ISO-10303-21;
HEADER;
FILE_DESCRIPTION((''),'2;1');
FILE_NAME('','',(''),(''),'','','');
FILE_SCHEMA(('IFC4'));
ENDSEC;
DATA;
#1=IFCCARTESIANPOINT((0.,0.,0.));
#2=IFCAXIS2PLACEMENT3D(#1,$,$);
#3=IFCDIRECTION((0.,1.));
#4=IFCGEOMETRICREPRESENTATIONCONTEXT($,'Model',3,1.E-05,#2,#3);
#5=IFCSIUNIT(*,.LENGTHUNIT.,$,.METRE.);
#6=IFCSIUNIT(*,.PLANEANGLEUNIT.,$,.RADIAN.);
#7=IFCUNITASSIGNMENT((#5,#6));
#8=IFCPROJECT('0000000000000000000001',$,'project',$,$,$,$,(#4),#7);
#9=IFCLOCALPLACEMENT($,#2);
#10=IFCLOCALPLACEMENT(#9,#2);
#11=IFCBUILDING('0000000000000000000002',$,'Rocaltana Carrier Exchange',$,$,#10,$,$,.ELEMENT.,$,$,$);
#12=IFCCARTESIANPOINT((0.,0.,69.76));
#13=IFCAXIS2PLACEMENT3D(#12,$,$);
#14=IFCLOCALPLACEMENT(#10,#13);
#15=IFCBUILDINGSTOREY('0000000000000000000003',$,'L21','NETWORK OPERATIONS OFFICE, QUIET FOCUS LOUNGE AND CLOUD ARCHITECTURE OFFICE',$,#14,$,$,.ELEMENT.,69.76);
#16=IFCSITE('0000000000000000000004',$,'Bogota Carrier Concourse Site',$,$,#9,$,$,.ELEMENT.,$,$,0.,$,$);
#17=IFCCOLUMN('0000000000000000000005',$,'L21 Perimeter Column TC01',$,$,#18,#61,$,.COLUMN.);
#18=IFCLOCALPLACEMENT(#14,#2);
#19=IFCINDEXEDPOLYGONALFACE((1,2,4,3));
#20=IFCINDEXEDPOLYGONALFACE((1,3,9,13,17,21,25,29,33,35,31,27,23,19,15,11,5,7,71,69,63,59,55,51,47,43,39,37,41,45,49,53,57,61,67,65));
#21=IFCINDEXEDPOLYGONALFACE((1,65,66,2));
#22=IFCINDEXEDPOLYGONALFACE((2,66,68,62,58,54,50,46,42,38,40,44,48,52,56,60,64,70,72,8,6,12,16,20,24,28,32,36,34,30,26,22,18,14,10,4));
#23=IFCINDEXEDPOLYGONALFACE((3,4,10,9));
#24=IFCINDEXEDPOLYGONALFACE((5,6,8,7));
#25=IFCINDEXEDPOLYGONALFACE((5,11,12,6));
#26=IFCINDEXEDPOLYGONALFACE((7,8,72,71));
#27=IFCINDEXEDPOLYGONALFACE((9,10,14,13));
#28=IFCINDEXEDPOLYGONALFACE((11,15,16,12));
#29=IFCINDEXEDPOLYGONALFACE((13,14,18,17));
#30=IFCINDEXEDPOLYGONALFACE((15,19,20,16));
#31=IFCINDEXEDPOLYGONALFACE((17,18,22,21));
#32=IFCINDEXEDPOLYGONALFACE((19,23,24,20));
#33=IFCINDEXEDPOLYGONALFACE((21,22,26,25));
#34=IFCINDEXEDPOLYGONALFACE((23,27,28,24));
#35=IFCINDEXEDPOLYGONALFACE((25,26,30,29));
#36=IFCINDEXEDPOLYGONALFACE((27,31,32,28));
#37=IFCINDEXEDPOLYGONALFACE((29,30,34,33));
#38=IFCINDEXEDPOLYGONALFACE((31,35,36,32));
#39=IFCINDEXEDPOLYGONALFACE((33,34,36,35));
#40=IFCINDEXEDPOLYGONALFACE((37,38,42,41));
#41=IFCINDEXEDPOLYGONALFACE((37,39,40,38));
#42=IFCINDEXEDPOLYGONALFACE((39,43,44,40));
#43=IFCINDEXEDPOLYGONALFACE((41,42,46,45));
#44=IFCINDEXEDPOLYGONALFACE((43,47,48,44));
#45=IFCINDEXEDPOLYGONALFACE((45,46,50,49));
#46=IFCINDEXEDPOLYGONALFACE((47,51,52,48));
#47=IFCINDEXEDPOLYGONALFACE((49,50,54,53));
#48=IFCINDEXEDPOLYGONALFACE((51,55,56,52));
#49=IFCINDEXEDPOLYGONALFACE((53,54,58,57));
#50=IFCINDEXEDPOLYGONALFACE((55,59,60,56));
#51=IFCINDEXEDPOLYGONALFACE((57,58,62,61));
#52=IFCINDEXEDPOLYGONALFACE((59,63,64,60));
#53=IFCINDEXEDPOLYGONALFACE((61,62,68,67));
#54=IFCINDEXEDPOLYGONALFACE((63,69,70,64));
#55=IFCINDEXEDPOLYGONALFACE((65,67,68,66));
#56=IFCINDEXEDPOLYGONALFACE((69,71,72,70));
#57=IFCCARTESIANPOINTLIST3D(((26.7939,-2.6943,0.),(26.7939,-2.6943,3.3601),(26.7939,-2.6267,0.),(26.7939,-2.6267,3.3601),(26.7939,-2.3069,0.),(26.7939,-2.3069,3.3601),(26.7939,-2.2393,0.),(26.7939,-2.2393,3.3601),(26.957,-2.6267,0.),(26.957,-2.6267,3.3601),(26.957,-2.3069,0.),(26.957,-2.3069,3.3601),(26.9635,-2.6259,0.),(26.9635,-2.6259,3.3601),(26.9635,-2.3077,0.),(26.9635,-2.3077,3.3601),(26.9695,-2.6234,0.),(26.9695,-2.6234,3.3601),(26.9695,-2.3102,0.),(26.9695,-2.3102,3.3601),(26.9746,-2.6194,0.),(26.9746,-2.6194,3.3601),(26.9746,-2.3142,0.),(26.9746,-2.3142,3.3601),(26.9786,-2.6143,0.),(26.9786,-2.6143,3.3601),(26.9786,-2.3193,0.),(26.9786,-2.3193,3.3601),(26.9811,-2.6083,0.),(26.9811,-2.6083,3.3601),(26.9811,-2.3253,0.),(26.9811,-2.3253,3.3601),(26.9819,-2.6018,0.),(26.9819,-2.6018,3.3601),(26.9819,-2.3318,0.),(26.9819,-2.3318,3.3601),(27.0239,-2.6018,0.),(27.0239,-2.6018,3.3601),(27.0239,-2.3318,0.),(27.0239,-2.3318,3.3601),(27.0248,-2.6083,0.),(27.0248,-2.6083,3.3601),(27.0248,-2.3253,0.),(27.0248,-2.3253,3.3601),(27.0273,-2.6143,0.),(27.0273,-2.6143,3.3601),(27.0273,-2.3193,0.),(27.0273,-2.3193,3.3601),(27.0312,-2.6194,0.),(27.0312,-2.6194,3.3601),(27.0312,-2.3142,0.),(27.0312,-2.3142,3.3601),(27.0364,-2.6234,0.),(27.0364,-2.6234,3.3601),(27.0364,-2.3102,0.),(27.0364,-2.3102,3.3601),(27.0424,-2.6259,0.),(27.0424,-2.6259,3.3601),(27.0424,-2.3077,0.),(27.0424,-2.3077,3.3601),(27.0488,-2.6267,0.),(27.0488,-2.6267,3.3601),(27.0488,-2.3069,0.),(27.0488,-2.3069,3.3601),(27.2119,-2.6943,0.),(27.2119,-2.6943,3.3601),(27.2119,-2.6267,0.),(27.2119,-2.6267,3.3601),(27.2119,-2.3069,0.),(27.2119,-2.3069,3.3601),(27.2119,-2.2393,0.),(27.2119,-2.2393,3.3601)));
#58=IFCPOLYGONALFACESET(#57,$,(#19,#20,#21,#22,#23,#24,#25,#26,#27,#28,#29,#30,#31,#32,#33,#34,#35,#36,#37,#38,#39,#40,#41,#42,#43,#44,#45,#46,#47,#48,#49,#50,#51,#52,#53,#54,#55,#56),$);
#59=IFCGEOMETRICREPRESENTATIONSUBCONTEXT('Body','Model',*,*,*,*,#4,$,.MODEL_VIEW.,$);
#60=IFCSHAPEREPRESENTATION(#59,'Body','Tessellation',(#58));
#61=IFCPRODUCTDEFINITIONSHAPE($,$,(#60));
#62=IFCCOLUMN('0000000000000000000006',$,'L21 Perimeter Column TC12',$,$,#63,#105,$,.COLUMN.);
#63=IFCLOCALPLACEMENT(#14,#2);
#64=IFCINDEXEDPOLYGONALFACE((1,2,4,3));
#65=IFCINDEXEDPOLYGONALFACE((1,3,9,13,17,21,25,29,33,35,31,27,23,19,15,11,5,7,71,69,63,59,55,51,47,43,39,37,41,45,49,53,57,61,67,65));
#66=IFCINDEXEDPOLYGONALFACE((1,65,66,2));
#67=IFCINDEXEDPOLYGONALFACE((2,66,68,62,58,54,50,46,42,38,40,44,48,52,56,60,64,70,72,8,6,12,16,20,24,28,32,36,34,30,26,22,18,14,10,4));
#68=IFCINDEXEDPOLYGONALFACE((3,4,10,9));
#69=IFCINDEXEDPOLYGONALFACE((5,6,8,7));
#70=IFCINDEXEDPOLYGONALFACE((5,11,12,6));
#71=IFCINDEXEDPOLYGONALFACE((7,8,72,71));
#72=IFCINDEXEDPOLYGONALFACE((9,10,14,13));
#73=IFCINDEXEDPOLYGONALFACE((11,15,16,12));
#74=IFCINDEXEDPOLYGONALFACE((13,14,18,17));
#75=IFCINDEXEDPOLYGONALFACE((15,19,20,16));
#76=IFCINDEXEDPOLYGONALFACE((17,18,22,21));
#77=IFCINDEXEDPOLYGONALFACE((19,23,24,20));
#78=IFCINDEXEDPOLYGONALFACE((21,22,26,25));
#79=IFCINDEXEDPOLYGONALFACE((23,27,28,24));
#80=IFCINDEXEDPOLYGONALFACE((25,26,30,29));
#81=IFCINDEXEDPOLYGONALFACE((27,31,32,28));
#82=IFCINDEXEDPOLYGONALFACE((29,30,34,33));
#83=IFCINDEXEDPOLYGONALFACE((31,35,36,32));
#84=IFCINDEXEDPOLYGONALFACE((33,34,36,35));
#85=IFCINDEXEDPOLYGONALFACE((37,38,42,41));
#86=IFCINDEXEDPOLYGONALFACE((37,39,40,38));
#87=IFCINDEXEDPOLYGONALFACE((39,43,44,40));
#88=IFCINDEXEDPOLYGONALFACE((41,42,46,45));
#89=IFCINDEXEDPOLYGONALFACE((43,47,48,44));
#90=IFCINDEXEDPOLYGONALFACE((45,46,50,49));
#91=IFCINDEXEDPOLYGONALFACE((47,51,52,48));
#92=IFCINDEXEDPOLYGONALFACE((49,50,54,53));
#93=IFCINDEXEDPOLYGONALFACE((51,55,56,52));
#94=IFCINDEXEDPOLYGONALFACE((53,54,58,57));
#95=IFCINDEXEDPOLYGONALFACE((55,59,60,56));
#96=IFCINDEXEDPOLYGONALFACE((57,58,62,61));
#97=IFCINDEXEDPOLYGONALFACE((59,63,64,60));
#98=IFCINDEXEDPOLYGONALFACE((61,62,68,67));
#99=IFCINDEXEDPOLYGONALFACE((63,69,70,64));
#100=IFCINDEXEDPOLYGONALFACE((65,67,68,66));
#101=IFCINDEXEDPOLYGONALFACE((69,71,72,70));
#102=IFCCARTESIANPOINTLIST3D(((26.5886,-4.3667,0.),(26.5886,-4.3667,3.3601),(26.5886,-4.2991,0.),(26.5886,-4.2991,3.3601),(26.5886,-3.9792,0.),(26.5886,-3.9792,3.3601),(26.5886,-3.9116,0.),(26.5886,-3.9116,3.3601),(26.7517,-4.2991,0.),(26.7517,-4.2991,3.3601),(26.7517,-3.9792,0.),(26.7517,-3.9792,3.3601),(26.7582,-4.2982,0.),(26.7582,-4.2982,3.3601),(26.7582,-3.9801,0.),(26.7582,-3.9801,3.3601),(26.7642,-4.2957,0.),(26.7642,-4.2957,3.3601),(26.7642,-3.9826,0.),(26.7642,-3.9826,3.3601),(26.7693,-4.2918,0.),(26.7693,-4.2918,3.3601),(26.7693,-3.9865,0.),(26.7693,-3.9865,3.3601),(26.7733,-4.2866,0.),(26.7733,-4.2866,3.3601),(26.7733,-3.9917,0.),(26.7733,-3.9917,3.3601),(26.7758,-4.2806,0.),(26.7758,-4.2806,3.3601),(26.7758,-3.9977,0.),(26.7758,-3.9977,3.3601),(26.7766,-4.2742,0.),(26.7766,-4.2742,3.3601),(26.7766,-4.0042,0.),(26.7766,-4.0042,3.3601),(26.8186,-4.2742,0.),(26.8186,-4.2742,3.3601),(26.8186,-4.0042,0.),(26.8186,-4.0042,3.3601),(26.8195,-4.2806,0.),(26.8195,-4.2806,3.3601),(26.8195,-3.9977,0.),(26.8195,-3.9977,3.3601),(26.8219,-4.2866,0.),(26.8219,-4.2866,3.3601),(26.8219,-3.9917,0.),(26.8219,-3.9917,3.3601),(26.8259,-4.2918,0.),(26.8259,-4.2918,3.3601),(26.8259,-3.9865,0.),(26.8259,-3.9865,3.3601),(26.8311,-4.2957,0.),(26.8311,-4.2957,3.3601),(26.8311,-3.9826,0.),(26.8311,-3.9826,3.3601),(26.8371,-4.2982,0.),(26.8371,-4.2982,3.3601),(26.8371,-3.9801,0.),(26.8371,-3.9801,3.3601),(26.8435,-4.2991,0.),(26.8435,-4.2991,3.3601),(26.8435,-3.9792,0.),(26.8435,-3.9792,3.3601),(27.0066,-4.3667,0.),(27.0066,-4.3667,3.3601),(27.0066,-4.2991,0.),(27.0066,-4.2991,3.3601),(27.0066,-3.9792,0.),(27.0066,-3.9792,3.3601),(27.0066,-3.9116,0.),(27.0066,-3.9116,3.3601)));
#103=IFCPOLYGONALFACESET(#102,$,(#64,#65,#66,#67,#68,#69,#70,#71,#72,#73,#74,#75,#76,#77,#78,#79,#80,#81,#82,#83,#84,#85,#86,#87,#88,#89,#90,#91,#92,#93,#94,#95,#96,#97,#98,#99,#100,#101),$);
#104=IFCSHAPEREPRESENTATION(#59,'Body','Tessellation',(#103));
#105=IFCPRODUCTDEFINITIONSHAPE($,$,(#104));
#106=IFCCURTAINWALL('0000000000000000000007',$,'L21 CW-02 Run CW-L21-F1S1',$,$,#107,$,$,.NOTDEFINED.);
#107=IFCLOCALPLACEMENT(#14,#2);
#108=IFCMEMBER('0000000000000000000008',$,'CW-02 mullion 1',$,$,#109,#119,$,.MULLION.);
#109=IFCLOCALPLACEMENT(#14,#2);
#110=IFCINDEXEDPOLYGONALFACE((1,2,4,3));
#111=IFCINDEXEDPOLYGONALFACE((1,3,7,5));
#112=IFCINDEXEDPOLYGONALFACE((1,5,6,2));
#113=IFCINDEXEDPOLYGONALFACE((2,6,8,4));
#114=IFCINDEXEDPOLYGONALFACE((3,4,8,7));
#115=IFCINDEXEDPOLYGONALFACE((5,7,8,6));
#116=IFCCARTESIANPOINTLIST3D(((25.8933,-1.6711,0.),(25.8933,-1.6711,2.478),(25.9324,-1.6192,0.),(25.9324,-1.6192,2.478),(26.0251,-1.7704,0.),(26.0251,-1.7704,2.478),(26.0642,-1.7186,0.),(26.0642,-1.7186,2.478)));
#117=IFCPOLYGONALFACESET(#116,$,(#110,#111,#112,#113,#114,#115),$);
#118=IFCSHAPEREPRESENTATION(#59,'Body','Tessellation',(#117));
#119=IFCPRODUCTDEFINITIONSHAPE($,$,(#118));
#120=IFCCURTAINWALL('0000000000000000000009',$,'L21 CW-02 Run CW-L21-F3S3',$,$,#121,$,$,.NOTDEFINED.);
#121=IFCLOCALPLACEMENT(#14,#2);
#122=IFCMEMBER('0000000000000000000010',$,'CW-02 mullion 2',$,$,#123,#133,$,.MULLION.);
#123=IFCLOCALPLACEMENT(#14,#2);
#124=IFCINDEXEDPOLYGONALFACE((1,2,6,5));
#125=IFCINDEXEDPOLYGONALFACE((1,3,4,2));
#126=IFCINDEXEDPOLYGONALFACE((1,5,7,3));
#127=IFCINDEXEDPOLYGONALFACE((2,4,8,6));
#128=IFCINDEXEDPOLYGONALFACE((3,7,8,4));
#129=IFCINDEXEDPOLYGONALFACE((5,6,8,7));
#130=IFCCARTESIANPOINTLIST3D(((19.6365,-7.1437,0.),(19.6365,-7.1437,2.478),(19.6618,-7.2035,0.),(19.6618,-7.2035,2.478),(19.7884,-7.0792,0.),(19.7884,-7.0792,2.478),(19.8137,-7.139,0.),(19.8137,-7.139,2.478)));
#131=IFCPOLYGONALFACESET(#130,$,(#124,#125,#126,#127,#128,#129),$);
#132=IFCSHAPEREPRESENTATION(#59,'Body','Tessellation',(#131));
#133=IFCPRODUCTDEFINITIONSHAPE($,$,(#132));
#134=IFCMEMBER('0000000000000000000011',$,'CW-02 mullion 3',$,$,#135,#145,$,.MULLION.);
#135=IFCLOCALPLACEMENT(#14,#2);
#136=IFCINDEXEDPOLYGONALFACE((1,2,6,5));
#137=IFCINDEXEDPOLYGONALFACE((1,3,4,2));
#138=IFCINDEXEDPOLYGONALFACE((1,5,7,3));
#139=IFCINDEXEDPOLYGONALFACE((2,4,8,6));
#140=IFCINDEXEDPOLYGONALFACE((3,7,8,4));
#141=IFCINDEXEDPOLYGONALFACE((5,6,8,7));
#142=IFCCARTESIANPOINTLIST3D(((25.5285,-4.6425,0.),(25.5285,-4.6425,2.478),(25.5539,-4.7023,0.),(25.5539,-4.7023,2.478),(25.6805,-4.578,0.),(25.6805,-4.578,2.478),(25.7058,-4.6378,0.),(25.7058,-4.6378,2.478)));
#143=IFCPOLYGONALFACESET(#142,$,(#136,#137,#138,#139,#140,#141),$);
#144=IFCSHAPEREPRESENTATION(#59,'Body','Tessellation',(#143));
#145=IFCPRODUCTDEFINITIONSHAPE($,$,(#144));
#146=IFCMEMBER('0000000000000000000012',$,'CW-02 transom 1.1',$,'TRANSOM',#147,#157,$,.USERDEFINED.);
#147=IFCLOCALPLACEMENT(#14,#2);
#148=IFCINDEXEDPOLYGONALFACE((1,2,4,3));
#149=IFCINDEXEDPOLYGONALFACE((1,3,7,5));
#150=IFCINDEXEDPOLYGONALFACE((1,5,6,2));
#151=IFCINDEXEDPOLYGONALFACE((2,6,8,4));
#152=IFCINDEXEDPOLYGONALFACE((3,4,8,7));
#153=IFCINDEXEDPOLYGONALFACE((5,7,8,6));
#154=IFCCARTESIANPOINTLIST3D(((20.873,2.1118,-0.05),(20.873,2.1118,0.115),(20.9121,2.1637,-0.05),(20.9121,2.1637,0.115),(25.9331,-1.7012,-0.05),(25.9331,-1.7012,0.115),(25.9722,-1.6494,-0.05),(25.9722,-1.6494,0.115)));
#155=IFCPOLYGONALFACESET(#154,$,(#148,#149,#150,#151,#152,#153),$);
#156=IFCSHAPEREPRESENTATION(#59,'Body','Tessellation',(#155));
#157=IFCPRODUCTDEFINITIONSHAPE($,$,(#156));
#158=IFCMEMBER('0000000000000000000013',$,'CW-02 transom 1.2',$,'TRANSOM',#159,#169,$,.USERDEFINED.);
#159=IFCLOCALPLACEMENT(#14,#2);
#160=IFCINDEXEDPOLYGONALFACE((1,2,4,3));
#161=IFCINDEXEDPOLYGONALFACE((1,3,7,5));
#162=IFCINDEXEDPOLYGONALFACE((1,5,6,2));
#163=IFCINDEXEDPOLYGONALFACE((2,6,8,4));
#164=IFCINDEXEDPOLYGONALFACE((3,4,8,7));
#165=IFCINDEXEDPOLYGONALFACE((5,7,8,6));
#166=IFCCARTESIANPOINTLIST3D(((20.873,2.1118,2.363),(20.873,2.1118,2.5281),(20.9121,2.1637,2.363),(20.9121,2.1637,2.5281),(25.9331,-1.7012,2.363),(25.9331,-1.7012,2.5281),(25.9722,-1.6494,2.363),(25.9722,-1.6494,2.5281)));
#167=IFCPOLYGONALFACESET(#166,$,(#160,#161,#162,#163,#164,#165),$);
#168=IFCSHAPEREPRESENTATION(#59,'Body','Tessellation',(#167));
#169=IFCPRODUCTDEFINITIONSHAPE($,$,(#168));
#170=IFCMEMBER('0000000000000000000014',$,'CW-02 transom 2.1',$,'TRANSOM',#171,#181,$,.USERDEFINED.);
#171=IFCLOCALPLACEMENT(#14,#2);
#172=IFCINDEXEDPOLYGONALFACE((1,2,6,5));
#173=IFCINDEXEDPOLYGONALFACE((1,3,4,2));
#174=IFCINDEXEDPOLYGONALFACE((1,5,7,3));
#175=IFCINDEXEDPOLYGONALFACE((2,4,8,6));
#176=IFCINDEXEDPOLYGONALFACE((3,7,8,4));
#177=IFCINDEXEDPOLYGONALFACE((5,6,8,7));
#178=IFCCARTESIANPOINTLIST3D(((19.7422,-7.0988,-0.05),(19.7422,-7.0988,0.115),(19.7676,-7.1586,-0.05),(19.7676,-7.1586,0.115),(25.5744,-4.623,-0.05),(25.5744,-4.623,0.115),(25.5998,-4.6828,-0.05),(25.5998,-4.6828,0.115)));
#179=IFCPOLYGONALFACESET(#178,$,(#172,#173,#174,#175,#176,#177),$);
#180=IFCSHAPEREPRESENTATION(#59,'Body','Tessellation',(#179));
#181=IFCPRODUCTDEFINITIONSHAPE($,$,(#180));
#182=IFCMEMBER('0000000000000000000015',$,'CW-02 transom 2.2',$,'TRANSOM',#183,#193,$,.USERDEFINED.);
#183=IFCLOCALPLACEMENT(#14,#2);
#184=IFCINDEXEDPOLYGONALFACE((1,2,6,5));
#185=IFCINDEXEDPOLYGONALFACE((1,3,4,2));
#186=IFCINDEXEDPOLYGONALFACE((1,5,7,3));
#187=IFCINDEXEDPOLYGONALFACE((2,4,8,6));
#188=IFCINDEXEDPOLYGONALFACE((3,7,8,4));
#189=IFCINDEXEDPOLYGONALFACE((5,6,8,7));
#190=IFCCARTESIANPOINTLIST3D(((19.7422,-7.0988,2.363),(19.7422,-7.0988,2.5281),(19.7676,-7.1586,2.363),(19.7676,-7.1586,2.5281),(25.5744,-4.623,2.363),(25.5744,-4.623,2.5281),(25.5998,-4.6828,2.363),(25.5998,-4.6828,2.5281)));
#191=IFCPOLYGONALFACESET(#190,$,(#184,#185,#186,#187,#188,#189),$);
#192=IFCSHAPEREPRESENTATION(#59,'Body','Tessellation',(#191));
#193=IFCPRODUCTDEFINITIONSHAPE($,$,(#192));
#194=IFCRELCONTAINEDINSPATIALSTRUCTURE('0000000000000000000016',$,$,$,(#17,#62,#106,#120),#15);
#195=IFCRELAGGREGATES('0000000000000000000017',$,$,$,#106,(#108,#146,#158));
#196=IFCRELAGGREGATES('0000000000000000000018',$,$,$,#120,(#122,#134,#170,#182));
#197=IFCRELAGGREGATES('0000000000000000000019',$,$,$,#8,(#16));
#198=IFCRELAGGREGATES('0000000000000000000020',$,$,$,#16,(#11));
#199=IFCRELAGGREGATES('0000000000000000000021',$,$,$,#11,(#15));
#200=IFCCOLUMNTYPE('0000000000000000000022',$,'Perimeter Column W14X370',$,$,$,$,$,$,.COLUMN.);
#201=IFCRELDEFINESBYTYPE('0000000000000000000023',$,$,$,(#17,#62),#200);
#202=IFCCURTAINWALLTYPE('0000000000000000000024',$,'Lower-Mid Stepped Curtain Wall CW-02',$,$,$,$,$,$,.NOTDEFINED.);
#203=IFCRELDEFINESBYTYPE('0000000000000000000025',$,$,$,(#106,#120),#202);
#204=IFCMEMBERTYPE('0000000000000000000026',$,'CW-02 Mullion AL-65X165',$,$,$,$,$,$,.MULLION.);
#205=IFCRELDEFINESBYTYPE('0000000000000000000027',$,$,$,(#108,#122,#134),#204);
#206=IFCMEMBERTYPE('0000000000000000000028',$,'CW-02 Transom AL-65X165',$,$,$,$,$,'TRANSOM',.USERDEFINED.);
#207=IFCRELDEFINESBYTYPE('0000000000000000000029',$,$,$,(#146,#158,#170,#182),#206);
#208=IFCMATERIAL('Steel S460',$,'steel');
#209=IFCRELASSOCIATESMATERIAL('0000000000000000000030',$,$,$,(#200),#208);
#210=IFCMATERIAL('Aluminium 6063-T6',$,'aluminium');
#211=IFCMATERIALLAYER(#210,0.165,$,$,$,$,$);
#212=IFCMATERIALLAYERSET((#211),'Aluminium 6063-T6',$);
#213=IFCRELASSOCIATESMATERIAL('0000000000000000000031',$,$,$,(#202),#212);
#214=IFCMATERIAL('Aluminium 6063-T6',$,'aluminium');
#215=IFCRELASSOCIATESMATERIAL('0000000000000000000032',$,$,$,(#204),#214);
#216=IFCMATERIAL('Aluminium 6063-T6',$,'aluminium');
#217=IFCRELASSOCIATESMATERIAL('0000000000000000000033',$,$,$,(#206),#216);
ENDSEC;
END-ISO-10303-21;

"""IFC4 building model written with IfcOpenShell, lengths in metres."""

from ifc_helpers import new_model, si_unit, direction, frame, origin, origin_2d, place, context, subcontext, project, spatial, rectangle, i_section, extrude, material, layer, layer_set, material_profile, profile_set, type_object, element, aggregate, save


model = new_model("IFC4")

# Units and contexts
model_context = context("Model", 3, precision=1e-05, world=origin(), true_north=direction((0.0, 1.0)))
body_context = subcontext(model_context, "Body", "Model", "MODEL_VIEW")
ifc_project = project(units=[si_unit("LENGTHUNIT", "METRE"), si_unit("PLANEANGLEUNIT", "RADIAN")], contexts=[model_context])

# Site, building, storey
site_placement = place(None, origin())
site = spatial("IfcSite", under=ifc_project, at=site_placement, Name="Bogota Carrier Concourse Site", CompositionType="ELEMENT", RefElevation=0.0)
building_placement = place(site_placement, origin())
building = spatial("IfcBuilding", under=site, at=building_placement, Name="Rocaltana Carrier Exchange", CompositionType="ELEMENT")
storey_placement = place(building_placement, frame((0.0, 0.0, 69.76)))
storey = spatial("IfcBuildingStorey", under=building, at=storey_placement, Name="L21", Description="NETWORK OPERATIONS OFFICE, QUIET FOCUS LOUNGE AND CLOUD ARCHITECTURE OFFICE", CompositionType="ELEMENT", Elevation=69.76)

# Columns
ifc_material_1 = material(Name="Steel S460", Category="steel")
ifc_material_profile_1 = material_profile(ifc_material_1, i_section(OverallWidth=0.418, OverallDepth=0.4551, WebThickness=0.042, FlangeThickness=0.0676, FilletRadius=0.0249, at=origin_2d()), Name="W14X370")
ifc_profile_set_1 = profile_set([ifc_material_profile_1], Name="Steel S460")
column_type = type_object("IfcColumnType", Name="Perimeter Column W14X370", PredefinedType="COLUMN", material=ifc_profile_set_1)
for number, where, z_axis, x_axis, name in (
    (1, (27.0029, -2.4668, 0.0), (0.0, 0.0, 1.0), (1.0, 0.0, 0.0), "L21 Perimeter Column TC01"),
    (2, (26.7976, -4.1392, 0.0), (0.0, 0.0, 1.0), (1.0, 0.0, 0.0), "L21 Perimeter Column TC12"),
):
    element("IfcColumn", number, at=place(storey_placement, frame(where, z_axis=z_axis, x_axis=x_axis)), inside=storey, type_object=column_type, Name=name, PredefinedType="COLUMN", context=body_context, shape_type="SweptSolid", body=[
        extrude(i_section(OverallWidth=0.418, OverallDepth=0.4551, WebThickness=0.042, FlangeThickness=0.0676, FilletRadius=0.0249, at=origin_2d()), origin(), (0.0, 0.0, 1.0), 3.3601),
    ])

# Curtain wall, member
ifc_material_2 = material(Name="Aluminium 6063-T6", Category="aluminium")
ifc_layer_1 = layer(ifc_material_2, 0.165)
ifc_layer_set_1 = layer_set([ifc_layer_1], Name="Aluminium 6063-T6")
curtain_wall_type = type_object("IfcCurtainWallType", Name="Lower-Mid Stepped Curtain Wall CW-02", PredefinedType="NOTDEFINED", material=ifc_layer_set_1)
curtain_wall_1_placement = place(storey_placement, origin())
curtain_wall_1 = element("IfcCurtainWall", 3, at=curtain_wall_1_placement, inside=storey, type_object=curtain_wall_type, Name="L21 CW-02 Run CW-L21-F1S1", PredefinedType="NOTDEFINED")
ifc_material_3 = material(Name="Aluminium 6063-T6", Category="aluminium")
ifc_material_profile_2 = material_profile(ifc_material_3, rectangle(XDim=0.0649, YDim=0.165, at=origin_2d()), Name="AL-65X165")
ifc_profile_set_2 = profile_set([ifc_material_profile_2], Name="Aluminium 6063-T6")
member_type_1 = type_object("IfcMemberType", Name="CW-02 Mullion AL-65X165", PredefinedType="MULLION", material=ifc_profile_set_2)
member_1_placement = place(storey_placement, frame((25.9788, -1.6948, 0.0), z_axis=(0.0, 0.0, 1.0), x_axis=(-0.601807, -0.798642, 0.0)))
member_1 = element("IfcMember", 4, at=member_1_placement, type_object=member_type_1, Name="CW-02 mullion 1", PredefinedType="MULLION", context=body_context, shape_type="SweptSolid", body=[
    extrude(rectangle(XDim=0.0649, YDim=0.165, at=origin_2d()), origin(), (0.0, 0.0, 1.0), 2.478),
])

# Curtain wall, members
curtain_wall_2_placement = place(storey_placement, origin())
curtain_wall_2 = element("IfcCurtainWall", 5, at=curtain_wall_2_placement, inside=storey, type_object=curtain_wall_type, Name="L21 CW-02 Run CW-L21-F3S3", PredefinedType="NOTDEFINED")
member_2_placement = place(storey_placement, frame((19.7251, -7.1414, 0.0), z_axis=(0.0, 0.0, 1.0), x_axis=(-0.390735, 0.920503, 0.0)))
member_2 = element("IfcMember", 6, at=member_2_placement, type_object=member_type_1, Name="CW-02 mullion 2", PredefinedType="MULLION", context=body_context, shape_type="SweptSolid", body=[
    extrude(rectangle(XDim=0.0649, YDim=0.165, at=origin_2d()), origin(), (0.0, 0.0, 1.0), 2.478),
])
member_3_placement = place(storey_placement, frame((25.6172, -4.6401, 0.0), z_axis=(0.0, 0.0, 1.0), x_axis=(-0.390735, 0.920503, 0.0)))
member_3 = element("IfcMember", 7, at=member_3_placement, type_object=member_type_1, Name="CW-02 mullion 3", PredefinedType="MULLION", context=body_context, shape_type="SweptSolid", body=[
    extrude(rectangle(XDim=0.0649, YDim=0.165, at=origin_2d()), origin(), (0.0, 0.0, 1.0), 2.478),
])

# Members
ifc_material_4 = material(Name="Aluminium 6063-T6", Category="aluminium")
ifc_material_profile_3 = material_profile(ifc_material_4, rectangle(XDim=0.0649, YDim=0.165, at=origin_2d()), Name="AL-65X165")
ifc_profile_set_3 = profile_set([ifc_material_profile_3], Name="Aluminium 6063-T6")
member_type_2 = type_object("IfcMemberType", Name="CW-02 Transom AL-65X165", ElementType="TRANSOM", PredefinedType="USERDEFINED", material=ifc_profile_set_3)
member_4_placement = place(storey_placement, frame((25.9526, -1.6753, 0.0325), z_axis=(-0.798638, 0.601811, 0.0), x_axis=(-0.601811, -0.798638, 0.0)))
member_4 = element("IfcMember", 8, at=member_4_placement, type_object=member_type_2, Name="CW-02 transom 1.1", ObjectType="TRANSOM", PredefinedType="USERDEFINED", context=body_context, shape_type="SweptSolid", body=[
    extrude(rectangle(XDim=0.0649, YDim=0.165, at=origin_2d()), origin(), (0.0, 0.0, 1.0), 6.3359),
])
member_5_placement = place(storey_placement, frame((25.9526, -1.6753, 2.4456), z_axis=(-0.798638, 0.601811, 0.0), x_axis=(-0.601811, -0.798638, 0.0)))
member_5 = element("IfcMember", 9, at=member_5_placement, type_object=member_type_2, Name="CW-02 transom 1.2", ObjectType="TRANSOM", PredefinedType="USERDEFINED", context=body_context, shape_type="SweptSolid", body=[
    extrude(rectangle(XDim=0.0649, YDim=0.165, at=origin_2d()), origin(), (0.0, 0.0, 1.0), 6.3359),
])
aggregate(curtain_wall_1, [member_1, member_4, member_5])
member_6_placement = place(storey_placement, frame((19.7549, -7.1287, 0.0325), z_axis=(0.920495, 0.390755, 0.0), x_axis=(-0.390755, 0.920495, 0.0)))
member_6 = element("IfcMember", 10, at=member_6_placement, type_object=member_type_2, Name="CW-02 transom 2.1", ObjectType="TRANSOM", PredefinedType="USERDEFINED", context=body_context, shape_type="SweptSolid", body=[
    extrude(rectangle(XDim=0.0649, YDim=0.165, at=origin_2d()), origin(), (0.0, 0.0, 1.0), 6.3359),
])
member_7_placement = place(storey_placement, frame((19.7549, -7.1287, 2.4456), z_axis=(0.920495, 0.390755, 0.0), x_axis=(-0.390755, 0.920495, 0.0)))
member_7 = element("IfcMember", 11, at=member_7_placement, type_object=member_type_2, Name="CW-02 transom 2.2", ObjectType="TRANSOM", PredefinedType="USERDEFINED", context=body_context, shape_type="SweptSolid", body=[
    extrude(rectangle(XDim=0.0649, YDim=0.165, at=origin_2d()), origin(), (0.0, 0.0, 1.0), 6.3359),
])

aggregate(curtain_wall_2, [member_2, member_3, member_6, member_7])

save(model, "model.ifc")
